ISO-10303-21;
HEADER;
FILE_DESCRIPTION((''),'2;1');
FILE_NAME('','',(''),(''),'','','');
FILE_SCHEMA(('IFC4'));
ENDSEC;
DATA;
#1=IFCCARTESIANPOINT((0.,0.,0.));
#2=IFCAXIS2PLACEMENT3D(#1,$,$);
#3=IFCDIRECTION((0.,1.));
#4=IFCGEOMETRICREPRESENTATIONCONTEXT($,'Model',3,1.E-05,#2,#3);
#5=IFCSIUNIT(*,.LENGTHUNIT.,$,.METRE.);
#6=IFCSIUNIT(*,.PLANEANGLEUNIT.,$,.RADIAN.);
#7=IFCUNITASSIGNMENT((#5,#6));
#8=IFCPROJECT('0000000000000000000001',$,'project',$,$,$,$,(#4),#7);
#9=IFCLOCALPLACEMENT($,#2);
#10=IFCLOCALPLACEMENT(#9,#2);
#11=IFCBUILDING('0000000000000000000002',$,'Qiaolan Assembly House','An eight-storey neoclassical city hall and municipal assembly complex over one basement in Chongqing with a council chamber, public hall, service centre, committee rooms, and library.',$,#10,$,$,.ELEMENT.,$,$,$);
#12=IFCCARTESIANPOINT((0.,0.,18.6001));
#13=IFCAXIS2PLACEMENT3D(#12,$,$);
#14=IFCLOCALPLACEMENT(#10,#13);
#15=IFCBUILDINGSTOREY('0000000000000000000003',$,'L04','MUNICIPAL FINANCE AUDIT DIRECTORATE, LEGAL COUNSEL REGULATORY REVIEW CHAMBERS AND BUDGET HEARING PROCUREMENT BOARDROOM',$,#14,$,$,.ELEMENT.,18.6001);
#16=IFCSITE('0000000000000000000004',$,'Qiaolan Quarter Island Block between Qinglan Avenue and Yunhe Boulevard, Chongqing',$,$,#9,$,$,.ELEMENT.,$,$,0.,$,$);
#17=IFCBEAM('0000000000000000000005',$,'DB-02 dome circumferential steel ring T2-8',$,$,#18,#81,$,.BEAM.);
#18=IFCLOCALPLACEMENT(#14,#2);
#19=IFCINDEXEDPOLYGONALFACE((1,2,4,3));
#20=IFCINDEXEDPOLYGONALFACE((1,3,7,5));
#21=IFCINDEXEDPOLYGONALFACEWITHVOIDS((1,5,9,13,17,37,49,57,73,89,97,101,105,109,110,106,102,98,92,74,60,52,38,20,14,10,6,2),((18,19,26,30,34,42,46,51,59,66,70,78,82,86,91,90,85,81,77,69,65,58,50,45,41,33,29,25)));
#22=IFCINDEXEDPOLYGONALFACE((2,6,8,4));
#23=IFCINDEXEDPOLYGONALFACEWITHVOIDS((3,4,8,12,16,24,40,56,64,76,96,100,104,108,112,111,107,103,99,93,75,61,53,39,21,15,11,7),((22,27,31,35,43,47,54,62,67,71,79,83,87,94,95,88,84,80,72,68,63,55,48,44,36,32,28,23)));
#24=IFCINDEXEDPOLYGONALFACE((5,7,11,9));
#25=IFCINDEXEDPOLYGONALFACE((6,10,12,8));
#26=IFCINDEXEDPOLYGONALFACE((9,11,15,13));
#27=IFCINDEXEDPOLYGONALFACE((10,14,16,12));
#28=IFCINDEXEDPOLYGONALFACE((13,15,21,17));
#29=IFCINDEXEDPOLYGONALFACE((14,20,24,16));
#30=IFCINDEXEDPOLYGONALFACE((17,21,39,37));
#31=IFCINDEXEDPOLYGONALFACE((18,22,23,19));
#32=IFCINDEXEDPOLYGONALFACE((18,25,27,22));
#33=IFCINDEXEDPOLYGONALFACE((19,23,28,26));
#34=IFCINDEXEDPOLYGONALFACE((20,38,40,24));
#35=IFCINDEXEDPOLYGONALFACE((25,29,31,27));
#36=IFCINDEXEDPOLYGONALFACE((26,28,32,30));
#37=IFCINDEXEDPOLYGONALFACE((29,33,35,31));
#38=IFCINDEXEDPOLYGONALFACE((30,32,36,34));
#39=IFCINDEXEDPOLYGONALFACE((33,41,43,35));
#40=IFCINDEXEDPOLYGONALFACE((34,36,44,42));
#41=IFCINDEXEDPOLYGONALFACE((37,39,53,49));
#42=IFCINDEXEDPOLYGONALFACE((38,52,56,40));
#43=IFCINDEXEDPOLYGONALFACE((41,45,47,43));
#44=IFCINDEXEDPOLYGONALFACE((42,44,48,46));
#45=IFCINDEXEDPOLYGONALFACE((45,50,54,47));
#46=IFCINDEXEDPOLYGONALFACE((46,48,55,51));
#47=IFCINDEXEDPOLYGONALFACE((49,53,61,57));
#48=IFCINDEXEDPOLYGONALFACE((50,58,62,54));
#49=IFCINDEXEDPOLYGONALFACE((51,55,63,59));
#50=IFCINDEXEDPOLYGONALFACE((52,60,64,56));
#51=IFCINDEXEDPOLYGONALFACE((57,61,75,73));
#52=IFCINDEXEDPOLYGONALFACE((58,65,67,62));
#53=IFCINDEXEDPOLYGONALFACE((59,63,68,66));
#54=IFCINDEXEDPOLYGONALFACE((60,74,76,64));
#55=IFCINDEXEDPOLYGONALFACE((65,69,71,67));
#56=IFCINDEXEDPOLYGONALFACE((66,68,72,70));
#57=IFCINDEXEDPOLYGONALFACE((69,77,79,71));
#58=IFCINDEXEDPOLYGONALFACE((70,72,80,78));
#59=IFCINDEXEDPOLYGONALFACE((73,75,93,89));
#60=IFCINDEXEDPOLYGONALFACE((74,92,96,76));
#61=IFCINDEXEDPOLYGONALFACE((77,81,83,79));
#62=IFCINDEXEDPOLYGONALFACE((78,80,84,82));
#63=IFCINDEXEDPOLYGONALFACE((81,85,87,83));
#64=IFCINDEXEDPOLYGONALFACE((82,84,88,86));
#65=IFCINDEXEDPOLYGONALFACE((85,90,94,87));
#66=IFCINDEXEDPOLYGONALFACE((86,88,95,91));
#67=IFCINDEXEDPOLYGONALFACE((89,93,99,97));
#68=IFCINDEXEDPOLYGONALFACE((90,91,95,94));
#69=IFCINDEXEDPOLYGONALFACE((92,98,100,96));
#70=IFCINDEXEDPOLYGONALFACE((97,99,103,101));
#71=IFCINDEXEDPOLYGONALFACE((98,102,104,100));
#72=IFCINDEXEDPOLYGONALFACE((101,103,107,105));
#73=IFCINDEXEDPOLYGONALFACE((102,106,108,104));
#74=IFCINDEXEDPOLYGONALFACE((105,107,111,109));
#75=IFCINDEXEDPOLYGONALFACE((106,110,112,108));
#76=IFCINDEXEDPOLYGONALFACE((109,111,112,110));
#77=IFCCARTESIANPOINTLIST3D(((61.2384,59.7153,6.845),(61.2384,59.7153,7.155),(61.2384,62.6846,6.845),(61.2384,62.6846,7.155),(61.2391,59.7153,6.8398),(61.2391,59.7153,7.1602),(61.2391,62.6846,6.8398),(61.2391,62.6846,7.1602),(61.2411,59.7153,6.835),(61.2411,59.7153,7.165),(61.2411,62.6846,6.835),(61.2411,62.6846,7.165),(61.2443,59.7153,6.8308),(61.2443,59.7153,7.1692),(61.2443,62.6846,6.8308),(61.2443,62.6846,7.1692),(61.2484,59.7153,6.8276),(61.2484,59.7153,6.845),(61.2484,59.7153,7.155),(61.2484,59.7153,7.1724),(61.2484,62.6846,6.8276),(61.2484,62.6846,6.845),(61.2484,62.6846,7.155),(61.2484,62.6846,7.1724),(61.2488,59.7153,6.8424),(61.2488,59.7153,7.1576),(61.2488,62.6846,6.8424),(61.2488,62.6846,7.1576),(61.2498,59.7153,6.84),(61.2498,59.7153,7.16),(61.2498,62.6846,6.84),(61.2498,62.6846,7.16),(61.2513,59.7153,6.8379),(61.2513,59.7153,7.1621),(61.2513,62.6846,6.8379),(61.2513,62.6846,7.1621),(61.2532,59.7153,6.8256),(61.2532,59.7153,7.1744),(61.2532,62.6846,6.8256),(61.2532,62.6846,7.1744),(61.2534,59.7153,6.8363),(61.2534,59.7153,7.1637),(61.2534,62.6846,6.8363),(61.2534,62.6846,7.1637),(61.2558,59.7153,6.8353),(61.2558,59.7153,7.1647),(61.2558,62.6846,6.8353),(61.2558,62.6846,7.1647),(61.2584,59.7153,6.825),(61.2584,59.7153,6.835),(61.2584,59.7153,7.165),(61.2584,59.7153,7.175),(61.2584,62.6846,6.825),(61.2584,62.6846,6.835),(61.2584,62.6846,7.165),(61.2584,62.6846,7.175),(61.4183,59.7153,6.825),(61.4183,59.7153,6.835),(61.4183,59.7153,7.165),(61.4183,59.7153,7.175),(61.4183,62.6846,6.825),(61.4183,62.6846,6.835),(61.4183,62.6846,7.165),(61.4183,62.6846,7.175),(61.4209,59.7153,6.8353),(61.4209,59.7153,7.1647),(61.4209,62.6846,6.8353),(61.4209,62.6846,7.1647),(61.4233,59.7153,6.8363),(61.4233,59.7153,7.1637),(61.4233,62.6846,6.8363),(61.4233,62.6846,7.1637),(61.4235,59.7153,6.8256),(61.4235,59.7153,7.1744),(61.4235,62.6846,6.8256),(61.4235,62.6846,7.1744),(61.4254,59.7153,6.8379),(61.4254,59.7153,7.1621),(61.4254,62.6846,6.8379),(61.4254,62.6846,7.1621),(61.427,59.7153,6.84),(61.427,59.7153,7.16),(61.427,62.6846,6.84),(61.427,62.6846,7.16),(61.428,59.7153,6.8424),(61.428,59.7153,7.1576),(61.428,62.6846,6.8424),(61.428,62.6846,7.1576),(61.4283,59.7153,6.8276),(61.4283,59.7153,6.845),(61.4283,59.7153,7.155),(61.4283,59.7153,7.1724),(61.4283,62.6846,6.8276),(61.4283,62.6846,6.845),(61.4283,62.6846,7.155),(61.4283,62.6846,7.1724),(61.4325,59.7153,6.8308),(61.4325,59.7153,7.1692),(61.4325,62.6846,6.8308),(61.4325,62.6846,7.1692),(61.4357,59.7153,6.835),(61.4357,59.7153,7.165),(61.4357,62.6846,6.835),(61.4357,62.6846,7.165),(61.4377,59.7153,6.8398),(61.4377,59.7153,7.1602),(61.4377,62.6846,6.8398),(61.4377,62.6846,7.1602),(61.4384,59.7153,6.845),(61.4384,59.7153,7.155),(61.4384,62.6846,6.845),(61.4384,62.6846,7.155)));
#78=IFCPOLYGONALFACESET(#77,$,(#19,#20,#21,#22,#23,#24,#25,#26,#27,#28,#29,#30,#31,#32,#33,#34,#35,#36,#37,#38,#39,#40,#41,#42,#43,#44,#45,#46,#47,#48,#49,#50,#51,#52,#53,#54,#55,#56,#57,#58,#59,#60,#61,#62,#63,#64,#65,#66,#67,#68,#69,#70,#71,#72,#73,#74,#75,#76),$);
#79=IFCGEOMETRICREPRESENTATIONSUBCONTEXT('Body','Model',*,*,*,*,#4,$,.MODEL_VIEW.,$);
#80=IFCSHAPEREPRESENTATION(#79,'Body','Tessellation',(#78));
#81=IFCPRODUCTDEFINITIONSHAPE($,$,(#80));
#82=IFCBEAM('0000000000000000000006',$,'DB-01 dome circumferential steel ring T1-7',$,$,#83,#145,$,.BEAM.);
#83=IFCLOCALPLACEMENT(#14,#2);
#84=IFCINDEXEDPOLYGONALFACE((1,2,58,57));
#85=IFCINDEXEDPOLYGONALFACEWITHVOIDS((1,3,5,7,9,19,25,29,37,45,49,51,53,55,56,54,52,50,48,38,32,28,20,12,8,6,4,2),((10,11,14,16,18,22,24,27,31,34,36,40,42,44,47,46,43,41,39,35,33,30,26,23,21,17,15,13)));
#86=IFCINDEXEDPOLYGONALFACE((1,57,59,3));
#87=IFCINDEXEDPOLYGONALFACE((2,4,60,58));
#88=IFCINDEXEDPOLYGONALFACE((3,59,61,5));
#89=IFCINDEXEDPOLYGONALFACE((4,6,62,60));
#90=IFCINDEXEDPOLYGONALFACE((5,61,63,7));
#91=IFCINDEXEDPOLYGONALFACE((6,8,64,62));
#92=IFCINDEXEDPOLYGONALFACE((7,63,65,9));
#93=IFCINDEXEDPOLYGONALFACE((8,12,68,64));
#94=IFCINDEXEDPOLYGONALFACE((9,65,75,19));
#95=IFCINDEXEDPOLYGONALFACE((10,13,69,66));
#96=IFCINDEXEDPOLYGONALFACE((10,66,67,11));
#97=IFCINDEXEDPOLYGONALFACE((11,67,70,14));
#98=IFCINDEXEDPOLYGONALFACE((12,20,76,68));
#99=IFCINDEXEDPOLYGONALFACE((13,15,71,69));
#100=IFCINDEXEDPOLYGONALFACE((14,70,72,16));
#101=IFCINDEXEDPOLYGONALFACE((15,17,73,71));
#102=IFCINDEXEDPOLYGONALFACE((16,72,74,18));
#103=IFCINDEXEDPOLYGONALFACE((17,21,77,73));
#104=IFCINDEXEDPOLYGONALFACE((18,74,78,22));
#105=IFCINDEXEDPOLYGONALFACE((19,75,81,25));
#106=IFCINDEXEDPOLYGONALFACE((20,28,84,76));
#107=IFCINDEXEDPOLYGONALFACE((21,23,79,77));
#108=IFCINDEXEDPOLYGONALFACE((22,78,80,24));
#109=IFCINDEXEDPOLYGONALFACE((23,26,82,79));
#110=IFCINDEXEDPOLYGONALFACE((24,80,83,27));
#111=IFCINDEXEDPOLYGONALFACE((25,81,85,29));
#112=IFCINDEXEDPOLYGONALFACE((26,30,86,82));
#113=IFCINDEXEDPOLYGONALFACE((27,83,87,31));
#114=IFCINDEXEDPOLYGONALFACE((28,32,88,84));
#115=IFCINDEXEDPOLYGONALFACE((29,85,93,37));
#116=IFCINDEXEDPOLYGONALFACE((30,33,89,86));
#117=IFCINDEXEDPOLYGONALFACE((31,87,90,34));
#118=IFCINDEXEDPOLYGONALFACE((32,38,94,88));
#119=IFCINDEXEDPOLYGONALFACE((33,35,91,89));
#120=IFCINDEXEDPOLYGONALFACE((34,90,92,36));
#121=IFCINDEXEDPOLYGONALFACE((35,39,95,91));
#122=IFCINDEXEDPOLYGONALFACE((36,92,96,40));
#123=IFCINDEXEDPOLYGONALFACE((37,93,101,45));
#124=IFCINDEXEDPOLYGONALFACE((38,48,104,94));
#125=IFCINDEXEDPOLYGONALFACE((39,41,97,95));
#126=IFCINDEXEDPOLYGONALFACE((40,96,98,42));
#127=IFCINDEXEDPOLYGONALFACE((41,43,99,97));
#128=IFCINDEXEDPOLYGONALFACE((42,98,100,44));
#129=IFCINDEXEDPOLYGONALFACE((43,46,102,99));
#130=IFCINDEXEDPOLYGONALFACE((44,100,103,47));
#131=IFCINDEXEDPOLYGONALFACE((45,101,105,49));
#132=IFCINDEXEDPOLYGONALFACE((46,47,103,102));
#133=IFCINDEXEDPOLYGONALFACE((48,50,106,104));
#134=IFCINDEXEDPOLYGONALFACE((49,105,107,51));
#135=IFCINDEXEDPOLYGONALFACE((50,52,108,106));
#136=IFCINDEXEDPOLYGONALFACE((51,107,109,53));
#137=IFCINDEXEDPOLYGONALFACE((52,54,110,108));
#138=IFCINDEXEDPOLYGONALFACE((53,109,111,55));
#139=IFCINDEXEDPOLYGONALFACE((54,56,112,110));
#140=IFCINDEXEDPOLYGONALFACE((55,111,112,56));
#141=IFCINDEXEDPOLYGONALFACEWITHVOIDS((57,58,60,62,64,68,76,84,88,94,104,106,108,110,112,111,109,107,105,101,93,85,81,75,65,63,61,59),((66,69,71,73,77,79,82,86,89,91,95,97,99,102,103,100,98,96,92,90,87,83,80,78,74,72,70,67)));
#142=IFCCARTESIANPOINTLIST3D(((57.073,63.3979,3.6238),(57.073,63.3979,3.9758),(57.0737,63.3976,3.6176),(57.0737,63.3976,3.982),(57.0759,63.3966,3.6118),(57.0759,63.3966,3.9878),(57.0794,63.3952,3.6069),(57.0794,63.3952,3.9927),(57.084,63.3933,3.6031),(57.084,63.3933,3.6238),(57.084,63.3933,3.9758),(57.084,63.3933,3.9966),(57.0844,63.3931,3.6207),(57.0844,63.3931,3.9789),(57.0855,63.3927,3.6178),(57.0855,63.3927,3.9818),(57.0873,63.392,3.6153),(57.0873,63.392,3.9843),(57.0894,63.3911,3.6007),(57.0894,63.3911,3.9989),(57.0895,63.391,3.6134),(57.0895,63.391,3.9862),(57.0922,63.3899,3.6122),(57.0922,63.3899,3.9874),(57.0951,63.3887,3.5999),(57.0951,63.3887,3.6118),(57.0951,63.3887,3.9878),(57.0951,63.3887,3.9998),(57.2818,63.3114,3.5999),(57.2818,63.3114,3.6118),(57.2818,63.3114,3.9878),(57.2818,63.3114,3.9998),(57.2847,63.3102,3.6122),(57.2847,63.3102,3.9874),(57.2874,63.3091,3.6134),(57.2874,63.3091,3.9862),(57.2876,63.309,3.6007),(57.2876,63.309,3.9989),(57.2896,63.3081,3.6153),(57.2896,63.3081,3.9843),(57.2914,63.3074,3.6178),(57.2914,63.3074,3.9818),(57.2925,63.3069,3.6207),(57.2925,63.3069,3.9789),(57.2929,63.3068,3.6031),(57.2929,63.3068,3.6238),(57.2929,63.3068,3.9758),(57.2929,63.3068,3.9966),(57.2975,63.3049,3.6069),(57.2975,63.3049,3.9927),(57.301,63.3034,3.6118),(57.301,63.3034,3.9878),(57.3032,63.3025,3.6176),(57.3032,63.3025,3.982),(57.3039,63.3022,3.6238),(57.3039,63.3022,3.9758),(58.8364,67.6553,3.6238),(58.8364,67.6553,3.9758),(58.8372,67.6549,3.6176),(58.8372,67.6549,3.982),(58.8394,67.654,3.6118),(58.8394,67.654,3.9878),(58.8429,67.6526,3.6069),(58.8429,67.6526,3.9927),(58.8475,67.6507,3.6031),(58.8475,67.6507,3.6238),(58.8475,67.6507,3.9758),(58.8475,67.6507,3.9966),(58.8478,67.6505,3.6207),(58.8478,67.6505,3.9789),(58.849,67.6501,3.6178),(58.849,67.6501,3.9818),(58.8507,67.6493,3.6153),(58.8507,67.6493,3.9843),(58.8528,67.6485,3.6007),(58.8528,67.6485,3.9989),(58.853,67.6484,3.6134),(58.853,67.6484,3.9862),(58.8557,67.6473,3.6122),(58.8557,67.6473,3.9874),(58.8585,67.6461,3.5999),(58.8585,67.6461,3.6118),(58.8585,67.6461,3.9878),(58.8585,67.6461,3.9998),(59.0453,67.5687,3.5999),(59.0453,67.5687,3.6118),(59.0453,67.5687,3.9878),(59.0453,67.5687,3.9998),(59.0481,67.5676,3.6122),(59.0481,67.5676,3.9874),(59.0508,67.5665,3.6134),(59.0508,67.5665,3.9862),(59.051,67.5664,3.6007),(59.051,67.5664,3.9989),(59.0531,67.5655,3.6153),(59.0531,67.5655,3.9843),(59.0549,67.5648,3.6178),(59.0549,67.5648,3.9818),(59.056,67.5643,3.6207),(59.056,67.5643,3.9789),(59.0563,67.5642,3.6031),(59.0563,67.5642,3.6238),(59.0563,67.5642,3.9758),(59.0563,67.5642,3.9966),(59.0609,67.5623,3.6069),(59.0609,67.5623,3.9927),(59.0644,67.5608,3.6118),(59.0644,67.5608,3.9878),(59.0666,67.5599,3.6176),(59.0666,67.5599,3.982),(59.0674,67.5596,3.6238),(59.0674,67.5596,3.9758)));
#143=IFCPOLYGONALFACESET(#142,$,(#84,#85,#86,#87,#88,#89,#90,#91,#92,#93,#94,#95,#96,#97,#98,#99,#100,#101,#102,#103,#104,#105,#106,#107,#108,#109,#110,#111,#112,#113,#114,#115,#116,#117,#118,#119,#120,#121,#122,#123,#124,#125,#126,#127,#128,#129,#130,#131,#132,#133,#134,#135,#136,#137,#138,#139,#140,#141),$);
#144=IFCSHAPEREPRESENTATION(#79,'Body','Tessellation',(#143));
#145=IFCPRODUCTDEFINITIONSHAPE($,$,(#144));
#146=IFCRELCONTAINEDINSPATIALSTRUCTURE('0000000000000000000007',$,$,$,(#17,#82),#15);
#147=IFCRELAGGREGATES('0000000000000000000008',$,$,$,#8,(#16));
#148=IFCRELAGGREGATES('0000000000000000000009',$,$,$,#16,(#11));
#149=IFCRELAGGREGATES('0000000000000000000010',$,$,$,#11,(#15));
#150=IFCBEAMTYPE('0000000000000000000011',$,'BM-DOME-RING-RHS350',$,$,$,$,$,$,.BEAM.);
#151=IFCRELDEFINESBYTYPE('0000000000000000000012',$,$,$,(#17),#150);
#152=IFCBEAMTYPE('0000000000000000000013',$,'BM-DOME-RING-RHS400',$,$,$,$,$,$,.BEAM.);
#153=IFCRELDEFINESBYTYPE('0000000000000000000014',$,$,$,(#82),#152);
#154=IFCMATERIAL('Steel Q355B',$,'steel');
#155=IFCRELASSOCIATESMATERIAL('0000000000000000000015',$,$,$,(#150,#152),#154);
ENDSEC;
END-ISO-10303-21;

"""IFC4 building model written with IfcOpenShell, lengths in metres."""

from ifc_helpers import new_model, si_unit, direction, frame, origin, origin_2d, place, context, subcontext, project, spatial, hollow_rectangle, extrude, material, material_profile, profile_set, type_object, element, save


model = new_model("IFC4")

# Units and contexts
model_context = context("Model", 3, precision=1e-05, world=origin(), true_north=direction((0.0, 1.0)))
body_context = subcontext(model_context, "Body", "Model", "MODEL_VIEW")
ifc_project = project(units=[si_unit("LENGTHUNIT", "METRE"), si_unit("PLANEANGLEUNIT", "RADIAN")], contexts=[model_context])

# Site, building, storey
site_placement = place(None, origin())
site = spatial("IfcSite", under=ifc_project, at=site_placement, Name="Qiaolan Quarter Island Block between Qinglan Avenue and Yunhe Boulevard, Chongqing", CompositionType="ELEMENT", RefElevation=0.0)
building_placement = place(site_placement, origin())
building = spatial("IfcBuilding", under=site, at=building_placement, Name="Qiaolan Assembly House", Description="An eight-storey neoclassical city hall and municipal assembly complex over one basement in Chongqing with a council chamber, public hall, service centre, committee rooms, and library.", CompositionType="ELEMENT")
storey_placement = place(building_placement, frame((0.0, 0.0, 18.6001)))
storey = spatial("IfcBuildingStorey", under=building, at=storey_placement, Name="L04", Description="MUNICIPAL FINANCE AUDIT DIRECTORATE, LEGAL COUNSEL REGULATORY REVIEW CHAMBERS AND BUDGET HEARING PROCUREMENT BOARDROOM", CompositionType="ELEMENT", Elevation=18.6001)

# Beams
ifc_material_1 = material(Name="Steel Q355B", Category="steel")
ifc_material_profile_1 = material_profile(ifc_material_1, hollow_rectangle(XDim=0.2, YDim=0.3501, WallThickness=0.01, InnerFilletRadius=0.01, OuterFilletRadius=0.02, at=origin_2d()), Name="RHS 350x200x10")
ifc_profile_set_1 = profile_set([ifc_material_profile_1], Name="Steel Q355B")
beam_type_1 = type_object("IfcBeamType", Name="BM-DOME-RING-RHS350", PredefinedType="BEAM", material=ifc_profile_set_1)
beam_placement = place(storey_placement, frame((61.3384, 62.6846, 7.0), z_axis=(0.0, -1.0, 0.0), x_axis=(1.0, 0.0, 0.0)))
element("IfcBeam", 1, at=beam_placement, inside=storey, type_object=beam_type_1, Name="DB-02 dome circumferential steel ring T2-8", PredefinedType="BEAM", context=body_context, shape_type="SweptSolid", body=[
    extrude(hollow_rectangle(XDim=0.2, YDim=0.3501, WallThickness=0.01, InnerFilletRadius=0.01, OuterFilletRadius=0.02, at=origin_2d()), origin(), (0.0, 0.0, 1.0), 2.9692),
])
ifc_material_profile_2 = material_profile(ifc_material_1, hollow_rectangle(XDim=0.25, YDim=0.3999, WallThickness=0.012, InnerFilletRadius=0.012, OuterFilletRadius=0.0239, at=origin_2d()), Name="RHS 400x250x12")
ifc_profile_set_2 = profile_set([ifc_material_profile_2], Name="Steel Q355B")
beam_type_2 = type_object("IfcBeamType", Name="BM-DOME-RING-RHS400", PredefinedType="BEAM", material=ifc_profile_set_2)
for number, where, z_axis, x_axis, name in (
    (2, (58.9519, 67.6074, 3.7998), (-0.382681, -0.923881, 0.0), (0.923881, -0.382681, 0.0), "DB-01 dome circumferential steel ring T1-7"),
):
    element("IfcBeam", number, at=place(storey_placement, frame(where, z_axis=z_axis, x_axis=x_axis)), inside=storey, type_object=beam_type_2, Name=name, PredefinedType="BEAM", context=body_context, shape_type="SweptSolid", body=[
        extrude(hollow_rectangle(XDim=0.25, YDim=0.3999, WallThickness=0.012, InnerFilletRadius=0.012, OuterFilletRadius=0.0239, at=origin_2d()), origin(), (0.0, 0.0, 1.0), 4.6082),
    ])

save(model, "model.ifc")
